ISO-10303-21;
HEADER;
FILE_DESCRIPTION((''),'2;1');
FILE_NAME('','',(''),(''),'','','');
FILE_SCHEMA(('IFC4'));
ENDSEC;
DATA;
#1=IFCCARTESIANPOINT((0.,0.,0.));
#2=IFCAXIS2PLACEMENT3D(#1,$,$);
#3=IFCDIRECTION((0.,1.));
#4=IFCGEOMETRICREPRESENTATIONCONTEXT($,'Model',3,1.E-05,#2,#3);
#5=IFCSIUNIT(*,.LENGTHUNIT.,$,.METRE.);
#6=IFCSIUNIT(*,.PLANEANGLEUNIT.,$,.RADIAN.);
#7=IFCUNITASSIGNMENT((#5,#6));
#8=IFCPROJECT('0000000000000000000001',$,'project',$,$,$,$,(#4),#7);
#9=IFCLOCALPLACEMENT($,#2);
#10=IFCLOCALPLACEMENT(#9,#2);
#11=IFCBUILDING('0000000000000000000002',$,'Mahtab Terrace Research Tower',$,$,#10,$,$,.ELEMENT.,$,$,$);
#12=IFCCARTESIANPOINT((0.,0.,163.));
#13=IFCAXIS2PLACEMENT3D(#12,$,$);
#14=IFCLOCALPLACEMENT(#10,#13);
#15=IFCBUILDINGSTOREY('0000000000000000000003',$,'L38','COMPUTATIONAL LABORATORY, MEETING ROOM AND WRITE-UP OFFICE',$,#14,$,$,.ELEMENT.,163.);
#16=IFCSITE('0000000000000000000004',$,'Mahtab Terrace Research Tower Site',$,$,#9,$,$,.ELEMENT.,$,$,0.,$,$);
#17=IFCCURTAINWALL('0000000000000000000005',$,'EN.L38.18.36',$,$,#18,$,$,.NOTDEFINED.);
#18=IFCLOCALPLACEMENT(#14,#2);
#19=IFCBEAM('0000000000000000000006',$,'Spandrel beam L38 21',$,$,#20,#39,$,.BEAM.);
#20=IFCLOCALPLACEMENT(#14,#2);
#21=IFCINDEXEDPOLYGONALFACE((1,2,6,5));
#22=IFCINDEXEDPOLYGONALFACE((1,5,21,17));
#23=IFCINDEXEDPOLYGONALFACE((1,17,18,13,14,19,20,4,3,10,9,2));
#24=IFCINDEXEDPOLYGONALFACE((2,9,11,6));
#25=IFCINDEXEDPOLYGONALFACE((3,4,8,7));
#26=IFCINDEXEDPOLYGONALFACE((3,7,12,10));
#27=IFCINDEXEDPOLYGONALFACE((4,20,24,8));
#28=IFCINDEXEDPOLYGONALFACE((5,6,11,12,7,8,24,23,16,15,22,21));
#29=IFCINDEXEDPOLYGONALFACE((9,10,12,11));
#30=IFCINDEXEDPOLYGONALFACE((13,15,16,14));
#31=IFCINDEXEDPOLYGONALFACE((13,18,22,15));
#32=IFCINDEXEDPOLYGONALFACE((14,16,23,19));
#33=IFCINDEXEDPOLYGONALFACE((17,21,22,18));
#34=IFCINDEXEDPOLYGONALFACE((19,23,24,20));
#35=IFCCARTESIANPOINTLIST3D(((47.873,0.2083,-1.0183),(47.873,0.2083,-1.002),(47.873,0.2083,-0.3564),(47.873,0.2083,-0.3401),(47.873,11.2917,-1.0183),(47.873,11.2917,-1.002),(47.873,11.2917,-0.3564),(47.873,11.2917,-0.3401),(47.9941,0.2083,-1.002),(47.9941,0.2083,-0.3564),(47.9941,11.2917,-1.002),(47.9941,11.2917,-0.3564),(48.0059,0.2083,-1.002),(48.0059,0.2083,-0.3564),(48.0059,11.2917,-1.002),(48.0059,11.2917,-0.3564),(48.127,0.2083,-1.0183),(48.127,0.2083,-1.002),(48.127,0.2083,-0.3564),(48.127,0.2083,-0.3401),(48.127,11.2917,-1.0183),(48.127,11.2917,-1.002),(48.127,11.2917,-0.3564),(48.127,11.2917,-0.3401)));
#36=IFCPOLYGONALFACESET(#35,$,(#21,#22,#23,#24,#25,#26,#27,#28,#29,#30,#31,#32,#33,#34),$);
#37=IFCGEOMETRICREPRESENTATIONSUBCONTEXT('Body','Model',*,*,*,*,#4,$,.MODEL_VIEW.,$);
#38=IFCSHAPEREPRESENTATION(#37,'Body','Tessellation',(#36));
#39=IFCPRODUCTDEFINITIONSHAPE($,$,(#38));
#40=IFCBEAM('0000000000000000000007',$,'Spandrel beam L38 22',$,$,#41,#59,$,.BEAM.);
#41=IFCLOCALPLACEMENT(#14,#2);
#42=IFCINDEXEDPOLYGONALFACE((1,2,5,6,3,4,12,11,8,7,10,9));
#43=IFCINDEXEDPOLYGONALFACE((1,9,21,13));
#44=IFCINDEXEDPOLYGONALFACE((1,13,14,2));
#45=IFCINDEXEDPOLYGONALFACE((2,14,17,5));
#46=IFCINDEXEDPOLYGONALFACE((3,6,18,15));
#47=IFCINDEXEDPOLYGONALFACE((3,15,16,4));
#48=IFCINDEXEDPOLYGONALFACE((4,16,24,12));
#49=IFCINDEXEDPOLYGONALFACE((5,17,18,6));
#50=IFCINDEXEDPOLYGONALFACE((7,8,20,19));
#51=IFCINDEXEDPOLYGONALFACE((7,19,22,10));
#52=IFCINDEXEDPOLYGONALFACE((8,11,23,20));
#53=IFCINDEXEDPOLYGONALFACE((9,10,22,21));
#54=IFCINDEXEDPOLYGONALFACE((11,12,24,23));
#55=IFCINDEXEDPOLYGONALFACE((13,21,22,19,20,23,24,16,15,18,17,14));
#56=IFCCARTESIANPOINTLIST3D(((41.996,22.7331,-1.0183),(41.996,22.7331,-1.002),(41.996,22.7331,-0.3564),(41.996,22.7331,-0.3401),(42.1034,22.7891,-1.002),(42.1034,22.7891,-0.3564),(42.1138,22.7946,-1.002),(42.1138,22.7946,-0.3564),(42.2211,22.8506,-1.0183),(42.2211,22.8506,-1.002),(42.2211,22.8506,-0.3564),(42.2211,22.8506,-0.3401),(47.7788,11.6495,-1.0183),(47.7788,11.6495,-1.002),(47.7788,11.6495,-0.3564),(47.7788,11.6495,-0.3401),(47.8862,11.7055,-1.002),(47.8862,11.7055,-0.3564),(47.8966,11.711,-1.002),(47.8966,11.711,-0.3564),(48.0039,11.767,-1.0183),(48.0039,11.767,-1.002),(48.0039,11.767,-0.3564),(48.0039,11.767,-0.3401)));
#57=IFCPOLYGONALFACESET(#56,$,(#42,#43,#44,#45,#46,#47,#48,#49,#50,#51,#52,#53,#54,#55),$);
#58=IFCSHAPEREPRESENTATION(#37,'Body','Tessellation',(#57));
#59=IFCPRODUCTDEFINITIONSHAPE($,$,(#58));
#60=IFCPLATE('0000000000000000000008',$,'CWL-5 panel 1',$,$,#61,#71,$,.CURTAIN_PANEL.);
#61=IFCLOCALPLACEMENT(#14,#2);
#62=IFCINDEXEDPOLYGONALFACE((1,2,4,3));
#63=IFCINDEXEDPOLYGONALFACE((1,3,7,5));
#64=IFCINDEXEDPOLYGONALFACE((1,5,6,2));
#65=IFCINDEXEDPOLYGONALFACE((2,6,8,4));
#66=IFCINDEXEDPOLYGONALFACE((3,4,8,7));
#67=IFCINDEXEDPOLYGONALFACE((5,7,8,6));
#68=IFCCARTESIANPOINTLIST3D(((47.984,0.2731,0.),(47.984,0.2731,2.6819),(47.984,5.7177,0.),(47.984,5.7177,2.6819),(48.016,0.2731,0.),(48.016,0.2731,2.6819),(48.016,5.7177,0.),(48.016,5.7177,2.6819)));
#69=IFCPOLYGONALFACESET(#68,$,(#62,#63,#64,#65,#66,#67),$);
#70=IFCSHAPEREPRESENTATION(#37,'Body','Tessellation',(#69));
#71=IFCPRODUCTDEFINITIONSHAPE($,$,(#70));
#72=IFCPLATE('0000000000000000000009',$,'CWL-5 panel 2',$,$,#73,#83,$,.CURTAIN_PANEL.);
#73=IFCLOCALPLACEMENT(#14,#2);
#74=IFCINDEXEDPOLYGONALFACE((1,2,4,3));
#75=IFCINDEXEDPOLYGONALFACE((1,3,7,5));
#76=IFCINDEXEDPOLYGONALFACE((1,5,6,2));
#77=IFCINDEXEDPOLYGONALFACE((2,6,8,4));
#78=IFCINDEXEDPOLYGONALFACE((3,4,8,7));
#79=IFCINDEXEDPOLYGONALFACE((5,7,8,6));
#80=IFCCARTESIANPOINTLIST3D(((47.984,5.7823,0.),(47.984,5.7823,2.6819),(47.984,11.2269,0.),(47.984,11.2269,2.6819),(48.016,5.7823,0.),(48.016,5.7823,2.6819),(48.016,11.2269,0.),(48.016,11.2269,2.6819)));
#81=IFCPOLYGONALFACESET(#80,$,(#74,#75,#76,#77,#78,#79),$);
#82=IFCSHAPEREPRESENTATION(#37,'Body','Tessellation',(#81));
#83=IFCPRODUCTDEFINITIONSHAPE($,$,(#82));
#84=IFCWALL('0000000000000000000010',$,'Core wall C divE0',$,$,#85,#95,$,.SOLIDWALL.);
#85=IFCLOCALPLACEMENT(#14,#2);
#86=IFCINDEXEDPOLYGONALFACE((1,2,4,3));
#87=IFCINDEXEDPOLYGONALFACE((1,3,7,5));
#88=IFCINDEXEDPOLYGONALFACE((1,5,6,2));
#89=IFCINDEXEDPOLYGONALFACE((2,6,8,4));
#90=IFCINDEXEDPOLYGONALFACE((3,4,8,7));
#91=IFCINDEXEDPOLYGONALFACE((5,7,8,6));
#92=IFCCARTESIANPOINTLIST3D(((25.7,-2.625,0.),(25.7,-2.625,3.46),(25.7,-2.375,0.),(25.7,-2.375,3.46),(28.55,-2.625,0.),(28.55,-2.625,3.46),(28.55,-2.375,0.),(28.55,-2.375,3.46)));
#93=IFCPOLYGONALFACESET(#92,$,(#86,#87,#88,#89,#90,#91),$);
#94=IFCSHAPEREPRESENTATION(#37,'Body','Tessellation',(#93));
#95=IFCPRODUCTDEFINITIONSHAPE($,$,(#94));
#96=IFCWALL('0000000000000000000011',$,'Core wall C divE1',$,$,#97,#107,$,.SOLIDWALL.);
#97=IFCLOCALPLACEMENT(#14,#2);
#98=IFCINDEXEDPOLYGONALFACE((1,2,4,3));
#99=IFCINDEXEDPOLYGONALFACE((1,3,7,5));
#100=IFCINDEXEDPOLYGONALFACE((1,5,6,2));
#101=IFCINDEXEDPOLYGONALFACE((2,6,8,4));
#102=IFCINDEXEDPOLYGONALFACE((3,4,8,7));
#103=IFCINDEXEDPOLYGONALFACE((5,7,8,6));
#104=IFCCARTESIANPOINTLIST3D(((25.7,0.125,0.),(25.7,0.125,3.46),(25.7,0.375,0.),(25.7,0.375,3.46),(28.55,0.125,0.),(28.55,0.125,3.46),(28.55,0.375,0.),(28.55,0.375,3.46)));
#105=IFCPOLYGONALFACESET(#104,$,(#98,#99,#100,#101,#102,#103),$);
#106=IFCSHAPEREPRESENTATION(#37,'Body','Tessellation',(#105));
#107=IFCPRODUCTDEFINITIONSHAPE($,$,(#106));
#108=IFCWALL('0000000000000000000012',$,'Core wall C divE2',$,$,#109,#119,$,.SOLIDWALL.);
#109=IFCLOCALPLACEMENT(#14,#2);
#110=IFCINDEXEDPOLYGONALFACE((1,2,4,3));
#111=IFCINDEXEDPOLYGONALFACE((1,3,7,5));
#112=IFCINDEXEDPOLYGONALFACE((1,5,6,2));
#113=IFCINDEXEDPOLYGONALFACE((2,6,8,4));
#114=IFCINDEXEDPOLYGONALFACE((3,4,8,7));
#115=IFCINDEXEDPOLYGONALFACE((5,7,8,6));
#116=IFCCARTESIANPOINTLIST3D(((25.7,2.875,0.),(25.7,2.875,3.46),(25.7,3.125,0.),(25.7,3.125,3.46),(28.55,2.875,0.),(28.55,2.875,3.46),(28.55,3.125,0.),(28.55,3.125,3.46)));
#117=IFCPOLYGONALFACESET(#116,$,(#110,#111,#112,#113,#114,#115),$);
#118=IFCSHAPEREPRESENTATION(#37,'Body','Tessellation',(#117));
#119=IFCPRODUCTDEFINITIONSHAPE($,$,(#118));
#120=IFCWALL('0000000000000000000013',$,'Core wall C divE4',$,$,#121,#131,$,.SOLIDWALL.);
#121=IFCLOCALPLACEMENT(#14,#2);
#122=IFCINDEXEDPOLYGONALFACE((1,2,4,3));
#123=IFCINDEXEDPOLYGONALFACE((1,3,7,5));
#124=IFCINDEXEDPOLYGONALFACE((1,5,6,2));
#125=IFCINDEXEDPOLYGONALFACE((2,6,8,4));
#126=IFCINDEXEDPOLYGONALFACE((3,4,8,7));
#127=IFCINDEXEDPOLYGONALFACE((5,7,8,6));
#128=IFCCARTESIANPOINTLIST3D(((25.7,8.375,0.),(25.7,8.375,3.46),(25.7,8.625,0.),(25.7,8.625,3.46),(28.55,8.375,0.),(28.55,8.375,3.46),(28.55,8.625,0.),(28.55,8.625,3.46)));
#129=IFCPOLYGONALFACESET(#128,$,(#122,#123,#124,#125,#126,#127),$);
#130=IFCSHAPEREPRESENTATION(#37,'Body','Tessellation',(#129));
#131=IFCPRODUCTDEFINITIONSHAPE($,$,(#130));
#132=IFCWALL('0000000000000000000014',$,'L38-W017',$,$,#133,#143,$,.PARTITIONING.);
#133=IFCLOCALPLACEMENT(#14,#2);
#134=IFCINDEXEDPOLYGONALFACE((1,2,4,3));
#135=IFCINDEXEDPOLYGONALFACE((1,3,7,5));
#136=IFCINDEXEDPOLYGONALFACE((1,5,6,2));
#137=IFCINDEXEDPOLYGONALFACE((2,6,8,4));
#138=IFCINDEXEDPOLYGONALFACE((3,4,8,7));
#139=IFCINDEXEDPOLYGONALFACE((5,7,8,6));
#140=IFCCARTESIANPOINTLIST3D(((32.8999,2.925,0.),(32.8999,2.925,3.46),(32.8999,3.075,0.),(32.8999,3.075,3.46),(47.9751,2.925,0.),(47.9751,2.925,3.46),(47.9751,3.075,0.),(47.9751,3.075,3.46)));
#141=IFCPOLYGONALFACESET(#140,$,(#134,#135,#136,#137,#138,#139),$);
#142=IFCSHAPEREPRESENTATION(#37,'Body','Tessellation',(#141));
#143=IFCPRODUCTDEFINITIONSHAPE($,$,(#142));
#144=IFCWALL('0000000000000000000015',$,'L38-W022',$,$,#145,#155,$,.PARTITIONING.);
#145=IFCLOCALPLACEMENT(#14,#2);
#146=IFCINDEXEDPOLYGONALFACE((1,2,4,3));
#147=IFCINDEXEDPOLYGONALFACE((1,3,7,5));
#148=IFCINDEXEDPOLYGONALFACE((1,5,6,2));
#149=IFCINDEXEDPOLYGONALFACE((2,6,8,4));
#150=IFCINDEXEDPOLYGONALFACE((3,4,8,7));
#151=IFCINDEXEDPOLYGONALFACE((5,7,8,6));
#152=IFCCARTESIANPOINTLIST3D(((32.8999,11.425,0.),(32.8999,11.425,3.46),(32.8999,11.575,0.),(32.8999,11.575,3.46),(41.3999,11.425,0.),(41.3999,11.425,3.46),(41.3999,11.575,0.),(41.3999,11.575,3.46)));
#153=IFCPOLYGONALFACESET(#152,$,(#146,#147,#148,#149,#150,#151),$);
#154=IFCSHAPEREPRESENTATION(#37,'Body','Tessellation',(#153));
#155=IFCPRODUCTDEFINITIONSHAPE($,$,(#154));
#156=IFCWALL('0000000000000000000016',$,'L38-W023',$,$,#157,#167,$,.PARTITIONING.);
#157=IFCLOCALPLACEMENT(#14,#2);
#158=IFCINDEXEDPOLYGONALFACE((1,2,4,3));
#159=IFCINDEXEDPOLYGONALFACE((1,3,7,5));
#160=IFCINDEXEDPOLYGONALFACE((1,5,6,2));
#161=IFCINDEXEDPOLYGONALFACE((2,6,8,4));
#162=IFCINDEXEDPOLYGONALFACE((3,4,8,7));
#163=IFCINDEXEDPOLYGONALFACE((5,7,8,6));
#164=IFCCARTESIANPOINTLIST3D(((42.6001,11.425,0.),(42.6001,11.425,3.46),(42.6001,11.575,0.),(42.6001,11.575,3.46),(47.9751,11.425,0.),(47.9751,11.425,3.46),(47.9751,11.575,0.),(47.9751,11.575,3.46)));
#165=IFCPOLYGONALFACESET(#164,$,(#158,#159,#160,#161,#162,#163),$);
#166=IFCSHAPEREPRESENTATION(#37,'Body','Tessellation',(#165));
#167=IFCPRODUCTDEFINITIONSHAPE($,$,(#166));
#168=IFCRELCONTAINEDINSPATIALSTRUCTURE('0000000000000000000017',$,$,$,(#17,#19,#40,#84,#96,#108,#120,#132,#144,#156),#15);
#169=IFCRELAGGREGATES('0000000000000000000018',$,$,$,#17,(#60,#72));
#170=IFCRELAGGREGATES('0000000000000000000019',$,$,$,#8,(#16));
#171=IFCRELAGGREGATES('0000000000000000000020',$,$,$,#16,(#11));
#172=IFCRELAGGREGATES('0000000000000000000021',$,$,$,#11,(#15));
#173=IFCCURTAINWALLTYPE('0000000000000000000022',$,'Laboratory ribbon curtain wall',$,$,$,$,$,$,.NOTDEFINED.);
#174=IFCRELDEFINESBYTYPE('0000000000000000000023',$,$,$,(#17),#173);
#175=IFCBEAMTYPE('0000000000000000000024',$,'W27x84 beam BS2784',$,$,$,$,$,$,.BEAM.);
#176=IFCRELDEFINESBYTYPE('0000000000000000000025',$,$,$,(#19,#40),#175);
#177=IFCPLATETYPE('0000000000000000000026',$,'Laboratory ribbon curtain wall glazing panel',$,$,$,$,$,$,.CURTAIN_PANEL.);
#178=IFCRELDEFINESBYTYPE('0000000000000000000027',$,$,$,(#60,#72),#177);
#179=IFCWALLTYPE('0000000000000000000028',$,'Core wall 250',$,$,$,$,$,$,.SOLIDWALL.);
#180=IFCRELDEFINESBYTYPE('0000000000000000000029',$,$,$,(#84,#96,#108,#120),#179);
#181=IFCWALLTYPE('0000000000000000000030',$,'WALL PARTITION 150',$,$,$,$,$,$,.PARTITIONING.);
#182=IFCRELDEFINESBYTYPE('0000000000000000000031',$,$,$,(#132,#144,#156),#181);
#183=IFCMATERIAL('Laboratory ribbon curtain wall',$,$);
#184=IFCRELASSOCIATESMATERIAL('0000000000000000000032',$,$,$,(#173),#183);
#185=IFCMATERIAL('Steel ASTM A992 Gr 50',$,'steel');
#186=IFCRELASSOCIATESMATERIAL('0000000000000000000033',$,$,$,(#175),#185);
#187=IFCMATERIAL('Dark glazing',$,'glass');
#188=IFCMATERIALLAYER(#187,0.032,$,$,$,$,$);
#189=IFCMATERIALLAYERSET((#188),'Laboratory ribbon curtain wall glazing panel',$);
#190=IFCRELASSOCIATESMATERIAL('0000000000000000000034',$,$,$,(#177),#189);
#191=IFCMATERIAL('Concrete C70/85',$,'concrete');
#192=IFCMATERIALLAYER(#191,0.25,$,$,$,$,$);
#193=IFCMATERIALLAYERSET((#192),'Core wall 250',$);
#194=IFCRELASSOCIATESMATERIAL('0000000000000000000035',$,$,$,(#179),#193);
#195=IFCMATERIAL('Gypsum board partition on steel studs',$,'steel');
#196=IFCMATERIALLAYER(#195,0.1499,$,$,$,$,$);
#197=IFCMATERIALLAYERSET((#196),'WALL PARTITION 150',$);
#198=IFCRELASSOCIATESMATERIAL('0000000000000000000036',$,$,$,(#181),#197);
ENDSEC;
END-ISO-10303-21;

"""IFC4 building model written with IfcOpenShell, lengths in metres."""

from ifc_helpers import new_model, si_unit, direction, frame, frame_2d, origin, origin_2d, place, context, subcontext, project, spatial, rectangle, i_section, extrude, material, layer, layer_set, material_profile, profile_set, type_object, element, aggregate, save


model = new_model("IFC4")

# Units and contexts
model_context = context("Model", 3, precision=1e-05, world=origin(), true_north=direction((0.0, 1.0)))
body_context = subcontext(model_context, "Body", "Model", "MODEL_VIEW")
ifc_project = project(units=[si_unit("LENGTHUNIT", "METRE"), si_unit("PLANEANGLEUNIT", "RADIAN")], contexts=[model_context])

# Site, building, storey
site_placement = place(None, origin())
site = spatial("IfcSite", under=ifc_project, at=site_placement, Name="Mahtab Terrace Research Tower Site", CompositionType="ELEMENT", RefElevation=0.0)
building_placement = place(site_placement, origin())
building = spatial("IfcBuilding", under=site, at=building_placement, Name="Mahtab Terrace Research Tower", CompositionType="ELEMENT")
storey_placement = place(building_placement, frame((0.0, 0.0, 163.0)))
storey = spatial("IfcBuildingStorey", under=building, at=storey_placement, Name="L38", Description="COMPUTATIONAL LABORATORY, MEETING ROOM AND WRITE-UP OFFICE", CompositionType="ELEMENT", Elevation=163.0)

# Shared definitions
ifc_material_1 = material(Name="Concrete C70/85", Category="concrete")
ifc_material_2 = material(Name="Steel ASTM A992 Gr 50", Category="steel")

# Shared definitions
ifc_material_3 = material(Name="Laboratory ribbon curtain wall")
curtain_wall_type = type_object("IfcCurtainWallType", Name="Laboratory ribbon curtain wall", PredefinedType="NOTDEFINED", material=ifc_material_3)

# Curtain wall
curtain_wall_1_placement = place(storey_placement, origin())
curtain_wall_1 = element("IfcCurtainWall", 1, at=curtain_wall_1_placement, inside=storey, type_object=curtain_wall_type, Name="EN.L38.18.36", PredefinedType="NOTDEFINED")

# Beams
ifc_material_profile_1 = material_profile(ifc_material_2, i_section(OverallWidth=0.2539, OverallDepth=0.6782, WebThickness=0.0117, FlangeThickness=0.0164, at=origin_2d()), Name="W27X84")
ifc_profile_set_1 = profile_set([ifc_material_profile_1], Name="Steel ASTM A992 Gr 50")
beam_type = type_object("IfcBeamType", Name="W27x84 beam BS2784", PredefinedType="BEAM", material=ifc_profile_set_1)
beam_1_placement = place(storey_placement, frame((48.0, 0.2083, -0.6792), z_axis=(0.0, 1.0, 0.0), x_axis=(-1.0, 0.0, 0.0)))
element("IfcBeam", 2, at=beam_1_placement, inside=storey, type_object=beam_type, Name="Spandrel beam L38 21", PredefinedType="BEAM", context=body_context, shape_type="SweptSolid", body=[
    extrude(i_section(OverallWidth=0.2539, OverallDepth=0.6782, WebThickness=0.0117, FlangeThickness=0.0164, at=origin_2d()), origin(), (0.0, 0.0, 1.0), 11.0835),
])
beam_2_placement = place(storey_placement, frame((47.8914, 11.7083, -0.6792), z_axis=(-0.462567, 0.886584, 0.0), x_axis=(-0.886584, -0.462567, 0.0)))
element("IfcBeam", 3, at=beam_2_placement, inside=storey, type_object=beam_type, Name="Spandrel beam L38 22", PredefinedType="BEAM", context=body_context, shape_type="SweptSolid", body=[
    extrude(i_section(OverallWidth=0.2539, OverallDepth=0.6782, WebThickness=0.0117, FlangeThickness=0.0164, at=origin_2d()), origin(), (0.0, 0.0, 1.0), 12.5015),
])

# Plates
ifc_material_4 = material(Name="Dark glazing", Category="glass")
ifc_layer_1 = layer(ifc_material_4, 0.032)
ifc_layer_set_1 = layer_set([ifc_layer_1], Name="Laboratory ribbon curtain wall glazing panel")
plate_type = type_object("IfcPlateType", Name="Laboratory ribbon curtain wall glazing panel", PredefinedType="CURTAIN_PANEL", material=ifc_layer_set_1)
plate_1_placement = place(storey_placement, frame((48.0, 2.9954, 0.0), z_axis=(0.0, 0.0, 1.0), x_axis=(0.0, 1.0, 0.0)))
plate_1 = element("IfcPlate", 4, at=plate_1_placement, type_object=plate_type, Name="CWL-5 panel 1", PredefinedType="CURTAIN_PANEL", context=body_context, shape_type="SweptSolid", body=[
    extrude(rectangle(XDim=5.4446, YDim=0.032, at=origin_2d()), origin(), (0.0, 0.0, 1.0), 2.6819),
])
plate_2_placement = place(storey_placement, frame((48.0, 8.5046, 0.0), z_axis=(0.0, 0.0, 1.0), x_axis=(0.0, 1.0, 0.0)))
plate_2 = element("IfcPlate", 5, at=plate_2_placement, type_object=plate_type, Name="CWL-5 panel 2", PredefinedType="CURTAIN_PANEL", context=body_context, shape_type="SweptSolid", body=[
    extrude(rectangle(XDim=5.4446, YDim=0.032, at=origin_2d()), origin(), (0.0, 0.0, 1.0), 2.6819),
])
aggregate(curtain_wall_1, [plate_1, plate_2])

# Walls
ifc_layer_2 = layer(ifc_material_1, 0.25)
ifc_layer_set_2 = layer_set([ifc_layer_2], Name="Core wall 250")
wall_type_1 = type_object("IfcWallType", Name="Core wall 250", PredefinedType="SOLIDWALL", material=ifc_layer_set_2)
for number, where, z_axis, x_axis, name in (
    (6, (25.7, -2.5, 0.0), (0.0, 0.0, 1.0), (1.0, 0.0, 0.0), "Core wall C divE0"),
    (7, (25.7, 0.25, 0.0), (0.0, 0.0, 1.0), (1.0, 0.0, 0.0), "Core wall C divE1"),
    (8, (25.7, 3.0, 0.0), (0.0, 0.0, 1.0), (1.0, 0.0, 0.0), "Core wall C divE2"),
    (9, (25.7, 8.5, 0.0), (0.0, 0.0, 1.0), (1.0, 0.0, 0.0), "Core wall C divE4"),
):
    element("IfcWall", number, at=place(storey_placement, frame(where, z_axis=z_axis, x_axis=x_axis)), inside=storey, type_object=wall_type_1, Name=name, PredefinedType="SOLIDWALL", context=body_context, shape_type="SweptSolid", body=[
        extrude(rectangle(XDim=2.8501, YDim=0.25, at=frame_2d((1.425, 0.0))), origin(), (0.0, 0.0, 1.0), 3.46),
    ])
ifc_material_5 = material(Name="Gypsum board partition on steel studs", Category="steel")
ifc_layer_3 = layer(ifc_material_5, 0.1499)
ifc_layer_set_3 = layer_set([ifc_layer_3], Name="WALL PARTITION 150")
wall_type_2 = type_object("IfcWallType", Name="WALL PARTITION 150", PredefinedType="PARTITIONING", material=ifc_layer_set_3)
wall_1_placement = place(storey_placement, frame((32.8999, 3.0, 0.0), z_axis=(0.0, 0.0, 1.0), x_axis=(1.0, 0.0, 0.0)))
element("IfcWall", 10, at=wall_1_placement, inside=storey, type_object=wall_type_2, Name="L38-W017", PredefinedType="PARTITIONING", context=body_context, shape_type="SweptSolid", body=[
    extrude(rectangle(XDim=15.0752, YDim=0.1499, at=frame_2d((7.5376, 0.0))), origin(), (0.0, 0.0, 1.0), 3.46),
])
wall_2_placement = place(storey_placement, frame((32.8999, 11.5, 0.0), z_axis=(0.0, 0.0, 1.0), x_axis=(1.0, 0.0, 0.0)))
element("IfcWall", 11, at=wall_2_placement, inside=storey, type_object=wall_type_2, Name="L38-W022", PredefinedType="PARTITIONING", context=body_context, shape_type="SweptSolid", body=[
    extrude(rectangle(XDim=8.5, YDim=0.1499, at=frame_2d((4.25, 0.0))), origin(), (0.0, 0.0, 1.0), 3.46),
])
wall_3_placement = place(storey_placement, frame((42.6001, 11.5, 0.0), z_axis=(0.0, 0.0, 1.0), x_axis=(1.0, 0.0, 0.0)))
element("IfcWall", 12, at=wall_3_placement, inside=storey, type_object=wall_type_2, Name="L38-W023", PredefinedType="PARTITIONING", context=body_context, shape_type="SweptSolid", body=[
    extrude(rectangle(XDim=5.375, YDim=0.1499, at=frame_2d((2.6875, 0.0))), origin(), (0.0, 0.0, 1.0), 3.46),
])

save(model, "model.ifc")
